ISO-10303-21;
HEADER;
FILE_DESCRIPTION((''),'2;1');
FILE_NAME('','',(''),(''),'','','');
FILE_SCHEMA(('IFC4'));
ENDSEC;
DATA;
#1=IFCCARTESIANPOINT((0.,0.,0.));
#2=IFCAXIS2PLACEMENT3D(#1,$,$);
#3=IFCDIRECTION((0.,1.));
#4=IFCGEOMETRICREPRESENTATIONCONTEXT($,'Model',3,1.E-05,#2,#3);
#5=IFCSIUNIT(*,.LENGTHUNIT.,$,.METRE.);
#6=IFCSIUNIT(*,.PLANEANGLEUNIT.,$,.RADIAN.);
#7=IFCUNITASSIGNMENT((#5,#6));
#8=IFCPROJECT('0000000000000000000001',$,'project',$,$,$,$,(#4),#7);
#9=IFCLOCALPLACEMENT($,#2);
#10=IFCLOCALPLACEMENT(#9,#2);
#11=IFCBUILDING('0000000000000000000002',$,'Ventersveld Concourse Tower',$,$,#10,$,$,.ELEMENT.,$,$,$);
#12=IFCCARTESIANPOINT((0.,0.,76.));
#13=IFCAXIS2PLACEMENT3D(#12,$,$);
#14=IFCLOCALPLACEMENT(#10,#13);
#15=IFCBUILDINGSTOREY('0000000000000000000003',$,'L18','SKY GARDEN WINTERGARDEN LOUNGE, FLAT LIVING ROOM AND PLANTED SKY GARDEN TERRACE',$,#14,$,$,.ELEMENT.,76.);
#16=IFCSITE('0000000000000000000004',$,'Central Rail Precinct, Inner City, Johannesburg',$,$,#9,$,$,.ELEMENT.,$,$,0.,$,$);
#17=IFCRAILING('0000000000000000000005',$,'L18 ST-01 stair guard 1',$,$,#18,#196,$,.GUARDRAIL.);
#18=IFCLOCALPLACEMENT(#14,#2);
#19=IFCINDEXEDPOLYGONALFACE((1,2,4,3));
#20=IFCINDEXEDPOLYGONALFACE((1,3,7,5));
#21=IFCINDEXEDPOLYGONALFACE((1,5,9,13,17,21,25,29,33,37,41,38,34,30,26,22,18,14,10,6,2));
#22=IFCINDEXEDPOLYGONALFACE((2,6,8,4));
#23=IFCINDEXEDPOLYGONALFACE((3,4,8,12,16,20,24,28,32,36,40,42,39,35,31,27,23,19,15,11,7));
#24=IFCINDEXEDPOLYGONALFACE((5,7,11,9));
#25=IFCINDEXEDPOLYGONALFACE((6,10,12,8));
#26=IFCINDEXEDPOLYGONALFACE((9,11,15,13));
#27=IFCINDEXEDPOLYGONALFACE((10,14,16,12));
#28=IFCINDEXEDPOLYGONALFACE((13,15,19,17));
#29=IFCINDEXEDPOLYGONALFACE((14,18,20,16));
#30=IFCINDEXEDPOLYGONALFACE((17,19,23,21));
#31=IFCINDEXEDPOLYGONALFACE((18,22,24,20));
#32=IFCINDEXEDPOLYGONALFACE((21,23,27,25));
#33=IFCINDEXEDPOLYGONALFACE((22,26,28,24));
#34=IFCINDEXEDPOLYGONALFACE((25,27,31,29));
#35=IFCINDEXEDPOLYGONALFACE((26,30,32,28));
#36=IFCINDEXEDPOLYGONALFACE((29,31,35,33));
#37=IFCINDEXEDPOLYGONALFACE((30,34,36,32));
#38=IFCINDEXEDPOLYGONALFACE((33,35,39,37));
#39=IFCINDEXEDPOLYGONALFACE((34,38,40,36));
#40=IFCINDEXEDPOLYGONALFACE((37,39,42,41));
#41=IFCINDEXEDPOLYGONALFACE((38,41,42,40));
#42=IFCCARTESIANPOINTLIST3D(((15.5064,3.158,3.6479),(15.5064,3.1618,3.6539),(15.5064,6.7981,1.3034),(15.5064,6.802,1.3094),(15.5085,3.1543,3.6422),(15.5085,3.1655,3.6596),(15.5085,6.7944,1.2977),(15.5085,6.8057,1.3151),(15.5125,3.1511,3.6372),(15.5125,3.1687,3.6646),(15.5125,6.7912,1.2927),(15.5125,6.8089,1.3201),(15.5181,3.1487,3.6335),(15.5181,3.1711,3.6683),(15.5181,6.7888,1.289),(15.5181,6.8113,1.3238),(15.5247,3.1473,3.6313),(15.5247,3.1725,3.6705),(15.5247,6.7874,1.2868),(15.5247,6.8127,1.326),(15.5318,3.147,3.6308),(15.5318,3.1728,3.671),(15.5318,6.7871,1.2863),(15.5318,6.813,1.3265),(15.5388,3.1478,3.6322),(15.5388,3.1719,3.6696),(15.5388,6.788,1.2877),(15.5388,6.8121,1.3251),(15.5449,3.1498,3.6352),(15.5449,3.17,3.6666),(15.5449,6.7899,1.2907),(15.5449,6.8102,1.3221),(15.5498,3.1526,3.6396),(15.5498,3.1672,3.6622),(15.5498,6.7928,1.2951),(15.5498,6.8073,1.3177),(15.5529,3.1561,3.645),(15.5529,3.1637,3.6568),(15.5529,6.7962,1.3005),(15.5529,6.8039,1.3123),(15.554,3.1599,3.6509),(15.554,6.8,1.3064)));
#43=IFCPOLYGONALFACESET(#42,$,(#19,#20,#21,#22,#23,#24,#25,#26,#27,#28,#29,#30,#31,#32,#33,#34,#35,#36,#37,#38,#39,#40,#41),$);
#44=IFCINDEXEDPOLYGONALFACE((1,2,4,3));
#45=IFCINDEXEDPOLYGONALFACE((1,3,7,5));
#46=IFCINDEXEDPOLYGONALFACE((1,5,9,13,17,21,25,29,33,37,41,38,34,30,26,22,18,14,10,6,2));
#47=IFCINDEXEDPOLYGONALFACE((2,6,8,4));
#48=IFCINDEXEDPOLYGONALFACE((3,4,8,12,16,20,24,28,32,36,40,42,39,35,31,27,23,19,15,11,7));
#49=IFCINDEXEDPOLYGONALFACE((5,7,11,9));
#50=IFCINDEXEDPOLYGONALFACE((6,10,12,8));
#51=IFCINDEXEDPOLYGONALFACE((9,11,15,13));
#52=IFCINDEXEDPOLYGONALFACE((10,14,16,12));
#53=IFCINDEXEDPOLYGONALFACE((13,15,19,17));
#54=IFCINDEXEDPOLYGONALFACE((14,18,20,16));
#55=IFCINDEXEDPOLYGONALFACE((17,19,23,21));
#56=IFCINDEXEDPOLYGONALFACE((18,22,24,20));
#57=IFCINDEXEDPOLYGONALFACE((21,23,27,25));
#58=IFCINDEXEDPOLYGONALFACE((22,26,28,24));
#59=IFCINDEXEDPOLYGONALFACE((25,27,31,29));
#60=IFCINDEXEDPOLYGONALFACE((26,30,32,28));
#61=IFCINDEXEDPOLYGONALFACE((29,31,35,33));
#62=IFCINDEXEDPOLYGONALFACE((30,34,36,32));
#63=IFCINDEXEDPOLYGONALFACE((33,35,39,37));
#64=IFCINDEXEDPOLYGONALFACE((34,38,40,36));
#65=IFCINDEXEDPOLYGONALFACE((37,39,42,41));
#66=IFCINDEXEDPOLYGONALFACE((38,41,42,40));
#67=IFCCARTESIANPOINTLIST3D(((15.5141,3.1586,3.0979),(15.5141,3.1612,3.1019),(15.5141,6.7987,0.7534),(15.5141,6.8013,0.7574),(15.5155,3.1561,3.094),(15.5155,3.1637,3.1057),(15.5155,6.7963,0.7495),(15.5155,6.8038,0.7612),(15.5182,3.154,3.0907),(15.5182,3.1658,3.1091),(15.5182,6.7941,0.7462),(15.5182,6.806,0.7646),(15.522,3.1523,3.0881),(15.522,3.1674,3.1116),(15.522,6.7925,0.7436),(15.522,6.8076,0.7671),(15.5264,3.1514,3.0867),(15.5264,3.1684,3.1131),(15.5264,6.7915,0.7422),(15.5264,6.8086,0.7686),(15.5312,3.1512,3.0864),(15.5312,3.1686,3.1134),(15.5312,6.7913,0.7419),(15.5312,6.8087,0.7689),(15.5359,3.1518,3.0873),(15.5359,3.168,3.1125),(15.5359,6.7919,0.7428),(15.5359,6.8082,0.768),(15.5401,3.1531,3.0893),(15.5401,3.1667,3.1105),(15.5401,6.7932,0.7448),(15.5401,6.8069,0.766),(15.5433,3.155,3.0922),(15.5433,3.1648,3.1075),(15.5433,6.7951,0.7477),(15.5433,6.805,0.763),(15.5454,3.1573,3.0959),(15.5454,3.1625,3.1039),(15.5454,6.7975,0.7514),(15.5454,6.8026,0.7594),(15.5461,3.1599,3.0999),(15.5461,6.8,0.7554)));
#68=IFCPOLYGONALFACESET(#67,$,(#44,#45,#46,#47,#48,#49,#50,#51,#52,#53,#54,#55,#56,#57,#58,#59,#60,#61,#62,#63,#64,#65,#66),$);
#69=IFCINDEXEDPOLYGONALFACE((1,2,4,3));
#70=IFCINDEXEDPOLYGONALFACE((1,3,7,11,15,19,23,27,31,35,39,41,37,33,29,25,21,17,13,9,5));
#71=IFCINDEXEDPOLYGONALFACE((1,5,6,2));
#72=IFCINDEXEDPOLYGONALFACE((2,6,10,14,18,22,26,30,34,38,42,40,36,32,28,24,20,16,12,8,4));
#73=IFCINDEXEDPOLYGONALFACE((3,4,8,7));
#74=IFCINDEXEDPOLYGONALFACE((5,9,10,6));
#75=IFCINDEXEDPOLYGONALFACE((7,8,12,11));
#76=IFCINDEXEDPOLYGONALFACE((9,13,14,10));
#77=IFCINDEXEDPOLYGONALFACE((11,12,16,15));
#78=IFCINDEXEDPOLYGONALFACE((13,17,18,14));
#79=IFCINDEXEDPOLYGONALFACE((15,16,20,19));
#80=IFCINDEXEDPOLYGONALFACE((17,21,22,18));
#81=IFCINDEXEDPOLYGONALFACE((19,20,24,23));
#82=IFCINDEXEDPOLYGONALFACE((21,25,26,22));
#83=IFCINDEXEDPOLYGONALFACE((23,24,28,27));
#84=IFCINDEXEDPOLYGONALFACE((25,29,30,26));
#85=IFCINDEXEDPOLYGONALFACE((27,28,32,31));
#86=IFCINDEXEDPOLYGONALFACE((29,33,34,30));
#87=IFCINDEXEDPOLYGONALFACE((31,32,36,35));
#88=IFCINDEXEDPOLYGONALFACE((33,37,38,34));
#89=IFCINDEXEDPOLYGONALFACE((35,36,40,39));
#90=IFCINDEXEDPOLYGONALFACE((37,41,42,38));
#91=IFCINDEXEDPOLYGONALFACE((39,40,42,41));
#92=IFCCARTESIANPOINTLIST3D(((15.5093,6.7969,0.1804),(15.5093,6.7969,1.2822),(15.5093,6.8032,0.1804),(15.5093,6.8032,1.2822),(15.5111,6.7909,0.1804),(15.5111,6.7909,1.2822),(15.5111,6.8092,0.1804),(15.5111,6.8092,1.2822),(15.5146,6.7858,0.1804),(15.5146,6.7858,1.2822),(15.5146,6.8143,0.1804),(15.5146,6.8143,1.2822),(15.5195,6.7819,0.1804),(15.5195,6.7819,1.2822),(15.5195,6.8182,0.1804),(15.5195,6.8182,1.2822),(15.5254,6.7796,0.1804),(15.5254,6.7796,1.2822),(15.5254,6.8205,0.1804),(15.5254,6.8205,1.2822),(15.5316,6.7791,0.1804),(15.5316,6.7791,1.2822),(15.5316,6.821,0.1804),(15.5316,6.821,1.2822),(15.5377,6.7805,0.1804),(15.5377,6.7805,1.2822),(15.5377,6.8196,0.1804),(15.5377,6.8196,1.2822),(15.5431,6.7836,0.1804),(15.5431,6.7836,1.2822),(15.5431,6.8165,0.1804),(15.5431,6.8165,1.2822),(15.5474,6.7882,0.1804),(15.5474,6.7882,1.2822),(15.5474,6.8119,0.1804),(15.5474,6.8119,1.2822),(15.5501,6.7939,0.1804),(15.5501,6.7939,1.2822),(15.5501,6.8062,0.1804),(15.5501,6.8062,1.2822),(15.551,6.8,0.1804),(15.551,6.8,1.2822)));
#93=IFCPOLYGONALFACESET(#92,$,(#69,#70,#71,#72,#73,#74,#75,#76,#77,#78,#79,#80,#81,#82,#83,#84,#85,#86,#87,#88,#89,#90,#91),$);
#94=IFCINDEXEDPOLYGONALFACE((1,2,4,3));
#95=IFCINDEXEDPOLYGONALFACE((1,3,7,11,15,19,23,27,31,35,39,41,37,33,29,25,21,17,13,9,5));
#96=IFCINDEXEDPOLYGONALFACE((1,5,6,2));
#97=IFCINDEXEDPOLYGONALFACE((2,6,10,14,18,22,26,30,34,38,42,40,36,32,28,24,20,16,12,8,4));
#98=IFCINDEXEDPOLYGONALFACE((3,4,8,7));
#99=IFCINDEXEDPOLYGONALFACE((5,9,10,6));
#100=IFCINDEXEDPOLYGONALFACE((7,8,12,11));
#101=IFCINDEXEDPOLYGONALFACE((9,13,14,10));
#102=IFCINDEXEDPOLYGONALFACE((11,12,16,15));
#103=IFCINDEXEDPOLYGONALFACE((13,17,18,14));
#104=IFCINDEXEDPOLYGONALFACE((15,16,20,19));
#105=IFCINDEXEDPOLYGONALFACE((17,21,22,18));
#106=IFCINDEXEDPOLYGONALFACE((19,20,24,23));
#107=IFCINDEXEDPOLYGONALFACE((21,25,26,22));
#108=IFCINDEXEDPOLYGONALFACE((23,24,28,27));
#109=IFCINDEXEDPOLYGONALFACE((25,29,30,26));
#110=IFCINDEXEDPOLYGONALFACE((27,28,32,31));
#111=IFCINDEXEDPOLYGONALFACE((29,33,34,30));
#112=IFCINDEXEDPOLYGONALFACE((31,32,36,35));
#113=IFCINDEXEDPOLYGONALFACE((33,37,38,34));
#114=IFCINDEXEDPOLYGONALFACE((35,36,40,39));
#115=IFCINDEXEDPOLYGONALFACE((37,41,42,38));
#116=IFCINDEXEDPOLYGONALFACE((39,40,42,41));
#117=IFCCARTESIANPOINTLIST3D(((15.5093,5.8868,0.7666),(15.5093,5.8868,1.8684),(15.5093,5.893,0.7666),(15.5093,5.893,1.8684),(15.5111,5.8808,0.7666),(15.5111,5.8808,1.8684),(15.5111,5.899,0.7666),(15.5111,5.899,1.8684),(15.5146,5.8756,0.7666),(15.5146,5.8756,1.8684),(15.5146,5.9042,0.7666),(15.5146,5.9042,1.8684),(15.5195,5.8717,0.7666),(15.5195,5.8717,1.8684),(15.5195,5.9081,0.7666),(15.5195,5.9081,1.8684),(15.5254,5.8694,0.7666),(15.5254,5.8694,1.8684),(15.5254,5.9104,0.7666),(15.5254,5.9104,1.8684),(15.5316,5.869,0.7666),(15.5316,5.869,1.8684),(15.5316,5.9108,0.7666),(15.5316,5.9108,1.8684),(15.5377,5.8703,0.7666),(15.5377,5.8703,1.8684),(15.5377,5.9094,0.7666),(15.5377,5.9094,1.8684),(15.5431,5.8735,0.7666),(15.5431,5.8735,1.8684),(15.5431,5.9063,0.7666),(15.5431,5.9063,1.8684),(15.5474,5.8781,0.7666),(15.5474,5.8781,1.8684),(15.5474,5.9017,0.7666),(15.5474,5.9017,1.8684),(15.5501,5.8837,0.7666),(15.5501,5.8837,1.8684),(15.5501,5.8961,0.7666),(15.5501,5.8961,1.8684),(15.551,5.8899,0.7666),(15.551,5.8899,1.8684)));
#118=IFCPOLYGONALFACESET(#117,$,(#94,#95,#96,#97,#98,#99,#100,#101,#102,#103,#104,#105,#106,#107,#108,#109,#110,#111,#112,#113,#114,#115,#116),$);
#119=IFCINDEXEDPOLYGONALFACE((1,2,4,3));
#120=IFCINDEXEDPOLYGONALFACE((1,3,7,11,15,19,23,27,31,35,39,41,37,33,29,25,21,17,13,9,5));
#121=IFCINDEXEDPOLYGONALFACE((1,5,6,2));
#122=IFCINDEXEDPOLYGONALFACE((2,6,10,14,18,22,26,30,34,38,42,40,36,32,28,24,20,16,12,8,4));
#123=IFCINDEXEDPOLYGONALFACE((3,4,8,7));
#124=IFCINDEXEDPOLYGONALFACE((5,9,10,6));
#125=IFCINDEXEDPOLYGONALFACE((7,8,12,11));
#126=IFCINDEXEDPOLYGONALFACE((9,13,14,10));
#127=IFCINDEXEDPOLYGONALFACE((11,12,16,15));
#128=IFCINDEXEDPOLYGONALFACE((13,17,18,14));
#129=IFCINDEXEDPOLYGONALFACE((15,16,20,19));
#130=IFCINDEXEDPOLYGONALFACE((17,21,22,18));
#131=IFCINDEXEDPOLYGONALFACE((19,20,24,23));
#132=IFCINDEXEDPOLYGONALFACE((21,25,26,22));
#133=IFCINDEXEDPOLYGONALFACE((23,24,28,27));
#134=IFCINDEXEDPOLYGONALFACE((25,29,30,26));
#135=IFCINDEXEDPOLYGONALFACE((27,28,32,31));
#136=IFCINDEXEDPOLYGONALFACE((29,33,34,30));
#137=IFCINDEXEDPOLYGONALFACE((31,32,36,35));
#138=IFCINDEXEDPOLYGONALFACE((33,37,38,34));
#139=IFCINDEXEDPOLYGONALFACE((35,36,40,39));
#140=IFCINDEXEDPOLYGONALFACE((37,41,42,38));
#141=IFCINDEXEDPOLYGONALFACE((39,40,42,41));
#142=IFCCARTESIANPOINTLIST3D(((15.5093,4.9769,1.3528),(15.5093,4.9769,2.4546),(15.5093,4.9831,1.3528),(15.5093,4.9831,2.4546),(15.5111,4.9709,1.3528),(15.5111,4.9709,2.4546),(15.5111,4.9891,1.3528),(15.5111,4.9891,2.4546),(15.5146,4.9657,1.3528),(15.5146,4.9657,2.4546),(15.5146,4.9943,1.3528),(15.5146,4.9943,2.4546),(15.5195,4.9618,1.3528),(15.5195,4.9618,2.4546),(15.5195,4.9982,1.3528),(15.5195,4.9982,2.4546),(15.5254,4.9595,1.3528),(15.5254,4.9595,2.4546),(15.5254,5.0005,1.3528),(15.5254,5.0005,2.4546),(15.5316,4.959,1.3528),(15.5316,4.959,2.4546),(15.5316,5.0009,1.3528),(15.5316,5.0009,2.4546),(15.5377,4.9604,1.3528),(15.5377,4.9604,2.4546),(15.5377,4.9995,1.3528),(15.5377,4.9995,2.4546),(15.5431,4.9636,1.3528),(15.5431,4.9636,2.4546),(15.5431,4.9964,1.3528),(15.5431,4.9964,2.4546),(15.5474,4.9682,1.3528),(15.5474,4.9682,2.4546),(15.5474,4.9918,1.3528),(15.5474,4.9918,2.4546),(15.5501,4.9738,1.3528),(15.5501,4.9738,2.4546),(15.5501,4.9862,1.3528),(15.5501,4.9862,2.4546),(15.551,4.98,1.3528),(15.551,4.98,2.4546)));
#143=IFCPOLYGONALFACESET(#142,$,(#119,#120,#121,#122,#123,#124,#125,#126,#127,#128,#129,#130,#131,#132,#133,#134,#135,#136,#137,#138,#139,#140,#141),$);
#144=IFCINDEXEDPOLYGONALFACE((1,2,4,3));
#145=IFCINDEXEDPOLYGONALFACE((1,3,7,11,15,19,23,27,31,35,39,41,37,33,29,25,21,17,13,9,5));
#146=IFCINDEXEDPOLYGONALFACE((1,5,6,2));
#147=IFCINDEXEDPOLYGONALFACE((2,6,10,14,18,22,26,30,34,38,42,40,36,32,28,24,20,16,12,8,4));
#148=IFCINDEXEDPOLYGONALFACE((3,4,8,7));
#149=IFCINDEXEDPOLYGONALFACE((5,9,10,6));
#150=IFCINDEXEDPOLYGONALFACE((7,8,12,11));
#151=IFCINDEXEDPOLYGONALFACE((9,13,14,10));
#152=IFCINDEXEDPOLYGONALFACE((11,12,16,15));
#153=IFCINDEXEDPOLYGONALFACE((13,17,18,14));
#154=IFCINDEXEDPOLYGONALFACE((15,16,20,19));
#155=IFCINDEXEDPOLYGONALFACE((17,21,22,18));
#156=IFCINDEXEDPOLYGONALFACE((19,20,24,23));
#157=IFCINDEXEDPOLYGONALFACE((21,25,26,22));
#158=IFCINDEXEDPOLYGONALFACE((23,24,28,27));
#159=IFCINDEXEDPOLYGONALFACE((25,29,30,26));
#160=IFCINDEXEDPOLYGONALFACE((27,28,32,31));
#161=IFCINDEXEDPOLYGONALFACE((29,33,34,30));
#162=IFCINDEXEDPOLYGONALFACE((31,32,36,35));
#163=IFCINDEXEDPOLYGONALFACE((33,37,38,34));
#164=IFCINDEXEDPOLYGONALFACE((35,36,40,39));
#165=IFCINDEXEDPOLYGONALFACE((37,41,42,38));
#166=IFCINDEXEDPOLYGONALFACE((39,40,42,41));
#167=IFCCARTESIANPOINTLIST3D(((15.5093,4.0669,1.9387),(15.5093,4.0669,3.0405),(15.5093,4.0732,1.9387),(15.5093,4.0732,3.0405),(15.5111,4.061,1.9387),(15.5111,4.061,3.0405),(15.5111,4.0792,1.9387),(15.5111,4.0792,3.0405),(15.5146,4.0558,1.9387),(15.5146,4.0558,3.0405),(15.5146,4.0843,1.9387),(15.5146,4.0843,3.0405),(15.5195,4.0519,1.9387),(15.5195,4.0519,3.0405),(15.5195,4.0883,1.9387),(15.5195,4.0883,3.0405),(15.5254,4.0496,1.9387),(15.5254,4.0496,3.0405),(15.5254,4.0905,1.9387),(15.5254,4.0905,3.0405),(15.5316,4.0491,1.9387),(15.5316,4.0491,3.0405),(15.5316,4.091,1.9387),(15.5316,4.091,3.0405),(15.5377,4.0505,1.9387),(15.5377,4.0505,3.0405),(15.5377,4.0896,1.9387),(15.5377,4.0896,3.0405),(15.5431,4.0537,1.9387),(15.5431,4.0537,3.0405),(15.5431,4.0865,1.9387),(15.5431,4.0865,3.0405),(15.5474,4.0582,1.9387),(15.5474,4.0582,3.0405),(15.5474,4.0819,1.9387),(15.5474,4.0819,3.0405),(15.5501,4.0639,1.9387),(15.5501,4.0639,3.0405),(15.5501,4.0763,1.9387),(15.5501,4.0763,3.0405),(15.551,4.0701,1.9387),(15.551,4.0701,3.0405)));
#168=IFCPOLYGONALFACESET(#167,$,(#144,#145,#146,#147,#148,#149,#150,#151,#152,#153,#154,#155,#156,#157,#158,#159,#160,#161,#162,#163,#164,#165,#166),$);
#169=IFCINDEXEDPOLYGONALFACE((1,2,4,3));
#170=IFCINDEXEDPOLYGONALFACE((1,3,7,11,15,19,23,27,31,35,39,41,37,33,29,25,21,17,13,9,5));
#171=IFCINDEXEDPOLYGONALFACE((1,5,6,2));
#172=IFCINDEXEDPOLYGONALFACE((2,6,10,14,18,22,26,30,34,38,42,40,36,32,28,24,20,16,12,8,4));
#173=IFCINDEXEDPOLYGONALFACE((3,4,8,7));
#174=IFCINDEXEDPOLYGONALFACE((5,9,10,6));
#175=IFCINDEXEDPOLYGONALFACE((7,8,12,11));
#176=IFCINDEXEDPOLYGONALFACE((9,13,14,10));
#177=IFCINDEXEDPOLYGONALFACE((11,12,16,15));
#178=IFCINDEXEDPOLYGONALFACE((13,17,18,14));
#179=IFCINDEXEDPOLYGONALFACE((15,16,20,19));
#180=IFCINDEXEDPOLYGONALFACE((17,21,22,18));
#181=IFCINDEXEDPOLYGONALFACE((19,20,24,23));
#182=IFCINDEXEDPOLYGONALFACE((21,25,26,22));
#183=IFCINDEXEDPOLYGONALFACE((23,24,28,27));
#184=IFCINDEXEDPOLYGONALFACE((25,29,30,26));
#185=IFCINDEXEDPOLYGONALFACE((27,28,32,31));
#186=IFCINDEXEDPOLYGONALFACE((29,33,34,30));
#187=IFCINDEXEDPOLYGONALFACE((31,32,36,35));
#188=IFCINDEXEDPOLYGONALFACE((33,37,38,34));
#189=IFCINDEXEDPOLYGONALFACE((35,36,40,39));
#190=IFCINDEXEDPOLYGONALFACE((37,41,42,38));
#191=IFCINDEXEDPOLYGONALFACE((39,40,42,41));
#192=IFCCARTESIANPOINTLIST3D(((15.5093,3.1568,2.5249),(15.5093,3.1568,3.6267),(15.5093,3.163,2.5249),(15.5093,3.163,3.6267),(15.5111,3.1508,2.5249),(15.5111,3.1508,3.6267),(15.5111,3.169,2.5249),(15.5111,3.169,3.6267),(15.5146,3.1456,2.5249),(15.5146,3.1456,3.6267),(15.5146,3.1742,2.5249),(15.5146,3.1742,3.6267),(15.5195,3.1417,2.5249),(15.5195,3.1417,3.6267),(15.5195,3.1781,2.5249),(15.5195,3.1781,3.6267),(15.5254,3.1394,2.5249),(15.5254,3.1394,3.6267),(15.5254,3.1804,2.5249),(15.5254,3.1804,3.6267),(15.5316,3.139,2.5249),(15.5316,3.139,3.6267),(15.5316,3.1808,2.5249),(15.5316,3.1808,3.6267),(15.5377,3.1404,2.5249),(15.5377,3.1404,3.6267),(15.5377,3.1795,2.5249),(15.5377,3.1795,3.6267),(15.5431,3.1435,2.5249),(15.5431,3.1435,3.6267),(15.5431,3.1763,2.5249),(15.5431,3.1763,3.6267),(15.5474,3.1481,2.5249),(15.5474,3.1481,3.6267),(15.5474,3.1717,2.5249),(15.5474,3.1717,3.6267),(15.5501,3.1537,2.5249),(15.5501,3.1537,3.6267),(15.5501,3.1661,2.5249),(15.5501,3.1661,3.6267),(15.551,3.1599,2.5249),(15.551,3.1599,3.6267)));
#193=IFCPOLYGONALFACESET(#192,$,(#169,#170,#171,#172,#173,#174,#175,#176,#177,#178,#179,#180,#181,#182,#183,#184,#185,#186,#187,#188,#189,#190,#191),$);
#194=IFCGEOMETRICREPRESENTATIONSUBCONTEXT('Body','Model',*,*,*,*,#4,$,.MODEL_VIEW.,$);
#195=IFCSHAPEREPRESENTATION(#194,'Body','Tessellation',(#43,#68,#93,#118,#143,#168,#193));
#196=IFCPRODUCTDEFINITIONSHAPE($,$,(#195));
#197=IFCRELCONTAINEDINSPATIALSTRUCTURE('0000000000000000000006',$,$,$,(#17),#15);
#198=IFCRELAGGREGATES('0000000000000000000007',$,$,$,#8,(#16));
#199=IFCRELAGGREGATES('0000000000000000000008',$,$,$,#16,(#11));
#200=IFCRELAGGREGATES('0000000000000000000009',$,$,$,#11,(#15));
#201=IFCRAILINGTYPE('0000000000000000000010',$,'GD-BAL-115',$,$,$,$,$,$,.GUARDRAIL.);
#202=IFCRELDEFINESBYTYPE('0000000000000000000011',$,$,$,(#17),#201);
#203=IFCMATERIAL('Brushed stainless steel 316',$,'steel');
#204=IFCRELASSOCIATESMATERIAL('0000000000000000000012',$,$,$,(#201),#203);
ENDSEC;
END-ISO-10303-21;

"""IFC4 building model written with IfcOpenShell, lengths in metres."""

from ifc_helpers import new_model, si_unit, direction, frame, origin, origin_2d, place, context, subcontext, project, spatial, circle, extrude, material, type_object, element, save


model = new_model("IFC4")

# Units and contexts
model_context = context("Model", 3, precision=1e-05, world=origin(), true_north=direction((0.0, 1.0)))
body_context = subcontext(model_context, "Body", "Model", "MODEL_VIEW")
ifc_project = project(units=[si_unit("LENGTHUNIT", "METRE"), si_unit("PLANEANGLEUNIT", "RADIAN")], contexts=[model_context])

# Site, building, storey
site_placement = place(None, origin())
site = spatial("IfcSite", under=ifc_project, at=site_placement, Name="Central Rail Precinct, Inner City, Johannesburg", CompositionType="ELEMENT", RefElevation=0.0)
building_placement = place(site_placement, origin())
building = spatial("IfcBuilding", under=site, at=building_placement, Name="Ventersveld Concourse Tower", CompositionType="ELEMENT")
storey_placement = place(building_placement, frame((0.0, 0.0, 76.0)))
storey = spatial("IfcBuildingStorey", under=building, at=storey_placement, Name="L18", Description="SKY GARDEN WINTERGARDEN LOUNGE, FLAT LIVING ROOM AND PLANTED SKY GARDEN TERRACE", CompositionType="ELEMENT", Elevation=76.0)

# Shared definitions
ifc_material_1 = material(Name="Brushed stainless steel 316", Category="steel")

# Railing
railing_type = type_object("IfcRailingType", Name="GD-BAL-115", PredefinedType="GUARDRAIL", material=ifc_material_1)
railing_1_placement = place(storey_placement, frame((15.53, 6.8, 0.1804)))
element("IfcRailing", 1, at=railing_1_placement, inside=storey, type_object=railing_type, Name="L18 ST-01 stair guard 1", PredefinedType="GUARDRAIL", context=body_context, shape_type="SweptSolid", body=[
    extrude(circle(Radius=0.0239, at=origin_2d()), frame((0.0, 0.0, 1.126), z_axis=(0.0, -0.840716, 0.541476), x_axis=(1.0, 0.0, 0.0)), (0.0, 0.0, 1.0), 4.3298),
    extrude(circle(Radius=0.0161, at=origin_2d()), frame((0.0, 0.0, 0.575), z_axis=(0.0, -0.840716, 0.541476), x_axis=(1.0, 0.0, 0.0)), (0.0, 0.0, 1.0), 4.3298),
    extrude(circle(Radius=0.021, at=origin_2d()), origin(), (0.0, 0.0, 1.0), 1.1018),
    extrude(circle(Radius=0.021, at=origin_2d()), frame((0.0, -0.9102, 0.5862)), (0.0, 0.0, 1.0), 1.1018),
    extrude(circle(Radius=0.021, at=origin_2d()), frame((0.0, -1.8201, 1.1724)), (0.0, 0.0, 1.0), 1.1018),
    extrude(circle(Radius=0.021, at=origin_2d()), frame((0.0, -2.73, 1.7583)), (0.0, 0.0, 1.0), 1.1018),
    extrude(circle(Radius=0.021, at=origin_2d()), frame((0.0, -3.6401, 2.3445)), (0.0, 0.0, 1.0), 1.1018),
])

save(model, "model.ifc")
